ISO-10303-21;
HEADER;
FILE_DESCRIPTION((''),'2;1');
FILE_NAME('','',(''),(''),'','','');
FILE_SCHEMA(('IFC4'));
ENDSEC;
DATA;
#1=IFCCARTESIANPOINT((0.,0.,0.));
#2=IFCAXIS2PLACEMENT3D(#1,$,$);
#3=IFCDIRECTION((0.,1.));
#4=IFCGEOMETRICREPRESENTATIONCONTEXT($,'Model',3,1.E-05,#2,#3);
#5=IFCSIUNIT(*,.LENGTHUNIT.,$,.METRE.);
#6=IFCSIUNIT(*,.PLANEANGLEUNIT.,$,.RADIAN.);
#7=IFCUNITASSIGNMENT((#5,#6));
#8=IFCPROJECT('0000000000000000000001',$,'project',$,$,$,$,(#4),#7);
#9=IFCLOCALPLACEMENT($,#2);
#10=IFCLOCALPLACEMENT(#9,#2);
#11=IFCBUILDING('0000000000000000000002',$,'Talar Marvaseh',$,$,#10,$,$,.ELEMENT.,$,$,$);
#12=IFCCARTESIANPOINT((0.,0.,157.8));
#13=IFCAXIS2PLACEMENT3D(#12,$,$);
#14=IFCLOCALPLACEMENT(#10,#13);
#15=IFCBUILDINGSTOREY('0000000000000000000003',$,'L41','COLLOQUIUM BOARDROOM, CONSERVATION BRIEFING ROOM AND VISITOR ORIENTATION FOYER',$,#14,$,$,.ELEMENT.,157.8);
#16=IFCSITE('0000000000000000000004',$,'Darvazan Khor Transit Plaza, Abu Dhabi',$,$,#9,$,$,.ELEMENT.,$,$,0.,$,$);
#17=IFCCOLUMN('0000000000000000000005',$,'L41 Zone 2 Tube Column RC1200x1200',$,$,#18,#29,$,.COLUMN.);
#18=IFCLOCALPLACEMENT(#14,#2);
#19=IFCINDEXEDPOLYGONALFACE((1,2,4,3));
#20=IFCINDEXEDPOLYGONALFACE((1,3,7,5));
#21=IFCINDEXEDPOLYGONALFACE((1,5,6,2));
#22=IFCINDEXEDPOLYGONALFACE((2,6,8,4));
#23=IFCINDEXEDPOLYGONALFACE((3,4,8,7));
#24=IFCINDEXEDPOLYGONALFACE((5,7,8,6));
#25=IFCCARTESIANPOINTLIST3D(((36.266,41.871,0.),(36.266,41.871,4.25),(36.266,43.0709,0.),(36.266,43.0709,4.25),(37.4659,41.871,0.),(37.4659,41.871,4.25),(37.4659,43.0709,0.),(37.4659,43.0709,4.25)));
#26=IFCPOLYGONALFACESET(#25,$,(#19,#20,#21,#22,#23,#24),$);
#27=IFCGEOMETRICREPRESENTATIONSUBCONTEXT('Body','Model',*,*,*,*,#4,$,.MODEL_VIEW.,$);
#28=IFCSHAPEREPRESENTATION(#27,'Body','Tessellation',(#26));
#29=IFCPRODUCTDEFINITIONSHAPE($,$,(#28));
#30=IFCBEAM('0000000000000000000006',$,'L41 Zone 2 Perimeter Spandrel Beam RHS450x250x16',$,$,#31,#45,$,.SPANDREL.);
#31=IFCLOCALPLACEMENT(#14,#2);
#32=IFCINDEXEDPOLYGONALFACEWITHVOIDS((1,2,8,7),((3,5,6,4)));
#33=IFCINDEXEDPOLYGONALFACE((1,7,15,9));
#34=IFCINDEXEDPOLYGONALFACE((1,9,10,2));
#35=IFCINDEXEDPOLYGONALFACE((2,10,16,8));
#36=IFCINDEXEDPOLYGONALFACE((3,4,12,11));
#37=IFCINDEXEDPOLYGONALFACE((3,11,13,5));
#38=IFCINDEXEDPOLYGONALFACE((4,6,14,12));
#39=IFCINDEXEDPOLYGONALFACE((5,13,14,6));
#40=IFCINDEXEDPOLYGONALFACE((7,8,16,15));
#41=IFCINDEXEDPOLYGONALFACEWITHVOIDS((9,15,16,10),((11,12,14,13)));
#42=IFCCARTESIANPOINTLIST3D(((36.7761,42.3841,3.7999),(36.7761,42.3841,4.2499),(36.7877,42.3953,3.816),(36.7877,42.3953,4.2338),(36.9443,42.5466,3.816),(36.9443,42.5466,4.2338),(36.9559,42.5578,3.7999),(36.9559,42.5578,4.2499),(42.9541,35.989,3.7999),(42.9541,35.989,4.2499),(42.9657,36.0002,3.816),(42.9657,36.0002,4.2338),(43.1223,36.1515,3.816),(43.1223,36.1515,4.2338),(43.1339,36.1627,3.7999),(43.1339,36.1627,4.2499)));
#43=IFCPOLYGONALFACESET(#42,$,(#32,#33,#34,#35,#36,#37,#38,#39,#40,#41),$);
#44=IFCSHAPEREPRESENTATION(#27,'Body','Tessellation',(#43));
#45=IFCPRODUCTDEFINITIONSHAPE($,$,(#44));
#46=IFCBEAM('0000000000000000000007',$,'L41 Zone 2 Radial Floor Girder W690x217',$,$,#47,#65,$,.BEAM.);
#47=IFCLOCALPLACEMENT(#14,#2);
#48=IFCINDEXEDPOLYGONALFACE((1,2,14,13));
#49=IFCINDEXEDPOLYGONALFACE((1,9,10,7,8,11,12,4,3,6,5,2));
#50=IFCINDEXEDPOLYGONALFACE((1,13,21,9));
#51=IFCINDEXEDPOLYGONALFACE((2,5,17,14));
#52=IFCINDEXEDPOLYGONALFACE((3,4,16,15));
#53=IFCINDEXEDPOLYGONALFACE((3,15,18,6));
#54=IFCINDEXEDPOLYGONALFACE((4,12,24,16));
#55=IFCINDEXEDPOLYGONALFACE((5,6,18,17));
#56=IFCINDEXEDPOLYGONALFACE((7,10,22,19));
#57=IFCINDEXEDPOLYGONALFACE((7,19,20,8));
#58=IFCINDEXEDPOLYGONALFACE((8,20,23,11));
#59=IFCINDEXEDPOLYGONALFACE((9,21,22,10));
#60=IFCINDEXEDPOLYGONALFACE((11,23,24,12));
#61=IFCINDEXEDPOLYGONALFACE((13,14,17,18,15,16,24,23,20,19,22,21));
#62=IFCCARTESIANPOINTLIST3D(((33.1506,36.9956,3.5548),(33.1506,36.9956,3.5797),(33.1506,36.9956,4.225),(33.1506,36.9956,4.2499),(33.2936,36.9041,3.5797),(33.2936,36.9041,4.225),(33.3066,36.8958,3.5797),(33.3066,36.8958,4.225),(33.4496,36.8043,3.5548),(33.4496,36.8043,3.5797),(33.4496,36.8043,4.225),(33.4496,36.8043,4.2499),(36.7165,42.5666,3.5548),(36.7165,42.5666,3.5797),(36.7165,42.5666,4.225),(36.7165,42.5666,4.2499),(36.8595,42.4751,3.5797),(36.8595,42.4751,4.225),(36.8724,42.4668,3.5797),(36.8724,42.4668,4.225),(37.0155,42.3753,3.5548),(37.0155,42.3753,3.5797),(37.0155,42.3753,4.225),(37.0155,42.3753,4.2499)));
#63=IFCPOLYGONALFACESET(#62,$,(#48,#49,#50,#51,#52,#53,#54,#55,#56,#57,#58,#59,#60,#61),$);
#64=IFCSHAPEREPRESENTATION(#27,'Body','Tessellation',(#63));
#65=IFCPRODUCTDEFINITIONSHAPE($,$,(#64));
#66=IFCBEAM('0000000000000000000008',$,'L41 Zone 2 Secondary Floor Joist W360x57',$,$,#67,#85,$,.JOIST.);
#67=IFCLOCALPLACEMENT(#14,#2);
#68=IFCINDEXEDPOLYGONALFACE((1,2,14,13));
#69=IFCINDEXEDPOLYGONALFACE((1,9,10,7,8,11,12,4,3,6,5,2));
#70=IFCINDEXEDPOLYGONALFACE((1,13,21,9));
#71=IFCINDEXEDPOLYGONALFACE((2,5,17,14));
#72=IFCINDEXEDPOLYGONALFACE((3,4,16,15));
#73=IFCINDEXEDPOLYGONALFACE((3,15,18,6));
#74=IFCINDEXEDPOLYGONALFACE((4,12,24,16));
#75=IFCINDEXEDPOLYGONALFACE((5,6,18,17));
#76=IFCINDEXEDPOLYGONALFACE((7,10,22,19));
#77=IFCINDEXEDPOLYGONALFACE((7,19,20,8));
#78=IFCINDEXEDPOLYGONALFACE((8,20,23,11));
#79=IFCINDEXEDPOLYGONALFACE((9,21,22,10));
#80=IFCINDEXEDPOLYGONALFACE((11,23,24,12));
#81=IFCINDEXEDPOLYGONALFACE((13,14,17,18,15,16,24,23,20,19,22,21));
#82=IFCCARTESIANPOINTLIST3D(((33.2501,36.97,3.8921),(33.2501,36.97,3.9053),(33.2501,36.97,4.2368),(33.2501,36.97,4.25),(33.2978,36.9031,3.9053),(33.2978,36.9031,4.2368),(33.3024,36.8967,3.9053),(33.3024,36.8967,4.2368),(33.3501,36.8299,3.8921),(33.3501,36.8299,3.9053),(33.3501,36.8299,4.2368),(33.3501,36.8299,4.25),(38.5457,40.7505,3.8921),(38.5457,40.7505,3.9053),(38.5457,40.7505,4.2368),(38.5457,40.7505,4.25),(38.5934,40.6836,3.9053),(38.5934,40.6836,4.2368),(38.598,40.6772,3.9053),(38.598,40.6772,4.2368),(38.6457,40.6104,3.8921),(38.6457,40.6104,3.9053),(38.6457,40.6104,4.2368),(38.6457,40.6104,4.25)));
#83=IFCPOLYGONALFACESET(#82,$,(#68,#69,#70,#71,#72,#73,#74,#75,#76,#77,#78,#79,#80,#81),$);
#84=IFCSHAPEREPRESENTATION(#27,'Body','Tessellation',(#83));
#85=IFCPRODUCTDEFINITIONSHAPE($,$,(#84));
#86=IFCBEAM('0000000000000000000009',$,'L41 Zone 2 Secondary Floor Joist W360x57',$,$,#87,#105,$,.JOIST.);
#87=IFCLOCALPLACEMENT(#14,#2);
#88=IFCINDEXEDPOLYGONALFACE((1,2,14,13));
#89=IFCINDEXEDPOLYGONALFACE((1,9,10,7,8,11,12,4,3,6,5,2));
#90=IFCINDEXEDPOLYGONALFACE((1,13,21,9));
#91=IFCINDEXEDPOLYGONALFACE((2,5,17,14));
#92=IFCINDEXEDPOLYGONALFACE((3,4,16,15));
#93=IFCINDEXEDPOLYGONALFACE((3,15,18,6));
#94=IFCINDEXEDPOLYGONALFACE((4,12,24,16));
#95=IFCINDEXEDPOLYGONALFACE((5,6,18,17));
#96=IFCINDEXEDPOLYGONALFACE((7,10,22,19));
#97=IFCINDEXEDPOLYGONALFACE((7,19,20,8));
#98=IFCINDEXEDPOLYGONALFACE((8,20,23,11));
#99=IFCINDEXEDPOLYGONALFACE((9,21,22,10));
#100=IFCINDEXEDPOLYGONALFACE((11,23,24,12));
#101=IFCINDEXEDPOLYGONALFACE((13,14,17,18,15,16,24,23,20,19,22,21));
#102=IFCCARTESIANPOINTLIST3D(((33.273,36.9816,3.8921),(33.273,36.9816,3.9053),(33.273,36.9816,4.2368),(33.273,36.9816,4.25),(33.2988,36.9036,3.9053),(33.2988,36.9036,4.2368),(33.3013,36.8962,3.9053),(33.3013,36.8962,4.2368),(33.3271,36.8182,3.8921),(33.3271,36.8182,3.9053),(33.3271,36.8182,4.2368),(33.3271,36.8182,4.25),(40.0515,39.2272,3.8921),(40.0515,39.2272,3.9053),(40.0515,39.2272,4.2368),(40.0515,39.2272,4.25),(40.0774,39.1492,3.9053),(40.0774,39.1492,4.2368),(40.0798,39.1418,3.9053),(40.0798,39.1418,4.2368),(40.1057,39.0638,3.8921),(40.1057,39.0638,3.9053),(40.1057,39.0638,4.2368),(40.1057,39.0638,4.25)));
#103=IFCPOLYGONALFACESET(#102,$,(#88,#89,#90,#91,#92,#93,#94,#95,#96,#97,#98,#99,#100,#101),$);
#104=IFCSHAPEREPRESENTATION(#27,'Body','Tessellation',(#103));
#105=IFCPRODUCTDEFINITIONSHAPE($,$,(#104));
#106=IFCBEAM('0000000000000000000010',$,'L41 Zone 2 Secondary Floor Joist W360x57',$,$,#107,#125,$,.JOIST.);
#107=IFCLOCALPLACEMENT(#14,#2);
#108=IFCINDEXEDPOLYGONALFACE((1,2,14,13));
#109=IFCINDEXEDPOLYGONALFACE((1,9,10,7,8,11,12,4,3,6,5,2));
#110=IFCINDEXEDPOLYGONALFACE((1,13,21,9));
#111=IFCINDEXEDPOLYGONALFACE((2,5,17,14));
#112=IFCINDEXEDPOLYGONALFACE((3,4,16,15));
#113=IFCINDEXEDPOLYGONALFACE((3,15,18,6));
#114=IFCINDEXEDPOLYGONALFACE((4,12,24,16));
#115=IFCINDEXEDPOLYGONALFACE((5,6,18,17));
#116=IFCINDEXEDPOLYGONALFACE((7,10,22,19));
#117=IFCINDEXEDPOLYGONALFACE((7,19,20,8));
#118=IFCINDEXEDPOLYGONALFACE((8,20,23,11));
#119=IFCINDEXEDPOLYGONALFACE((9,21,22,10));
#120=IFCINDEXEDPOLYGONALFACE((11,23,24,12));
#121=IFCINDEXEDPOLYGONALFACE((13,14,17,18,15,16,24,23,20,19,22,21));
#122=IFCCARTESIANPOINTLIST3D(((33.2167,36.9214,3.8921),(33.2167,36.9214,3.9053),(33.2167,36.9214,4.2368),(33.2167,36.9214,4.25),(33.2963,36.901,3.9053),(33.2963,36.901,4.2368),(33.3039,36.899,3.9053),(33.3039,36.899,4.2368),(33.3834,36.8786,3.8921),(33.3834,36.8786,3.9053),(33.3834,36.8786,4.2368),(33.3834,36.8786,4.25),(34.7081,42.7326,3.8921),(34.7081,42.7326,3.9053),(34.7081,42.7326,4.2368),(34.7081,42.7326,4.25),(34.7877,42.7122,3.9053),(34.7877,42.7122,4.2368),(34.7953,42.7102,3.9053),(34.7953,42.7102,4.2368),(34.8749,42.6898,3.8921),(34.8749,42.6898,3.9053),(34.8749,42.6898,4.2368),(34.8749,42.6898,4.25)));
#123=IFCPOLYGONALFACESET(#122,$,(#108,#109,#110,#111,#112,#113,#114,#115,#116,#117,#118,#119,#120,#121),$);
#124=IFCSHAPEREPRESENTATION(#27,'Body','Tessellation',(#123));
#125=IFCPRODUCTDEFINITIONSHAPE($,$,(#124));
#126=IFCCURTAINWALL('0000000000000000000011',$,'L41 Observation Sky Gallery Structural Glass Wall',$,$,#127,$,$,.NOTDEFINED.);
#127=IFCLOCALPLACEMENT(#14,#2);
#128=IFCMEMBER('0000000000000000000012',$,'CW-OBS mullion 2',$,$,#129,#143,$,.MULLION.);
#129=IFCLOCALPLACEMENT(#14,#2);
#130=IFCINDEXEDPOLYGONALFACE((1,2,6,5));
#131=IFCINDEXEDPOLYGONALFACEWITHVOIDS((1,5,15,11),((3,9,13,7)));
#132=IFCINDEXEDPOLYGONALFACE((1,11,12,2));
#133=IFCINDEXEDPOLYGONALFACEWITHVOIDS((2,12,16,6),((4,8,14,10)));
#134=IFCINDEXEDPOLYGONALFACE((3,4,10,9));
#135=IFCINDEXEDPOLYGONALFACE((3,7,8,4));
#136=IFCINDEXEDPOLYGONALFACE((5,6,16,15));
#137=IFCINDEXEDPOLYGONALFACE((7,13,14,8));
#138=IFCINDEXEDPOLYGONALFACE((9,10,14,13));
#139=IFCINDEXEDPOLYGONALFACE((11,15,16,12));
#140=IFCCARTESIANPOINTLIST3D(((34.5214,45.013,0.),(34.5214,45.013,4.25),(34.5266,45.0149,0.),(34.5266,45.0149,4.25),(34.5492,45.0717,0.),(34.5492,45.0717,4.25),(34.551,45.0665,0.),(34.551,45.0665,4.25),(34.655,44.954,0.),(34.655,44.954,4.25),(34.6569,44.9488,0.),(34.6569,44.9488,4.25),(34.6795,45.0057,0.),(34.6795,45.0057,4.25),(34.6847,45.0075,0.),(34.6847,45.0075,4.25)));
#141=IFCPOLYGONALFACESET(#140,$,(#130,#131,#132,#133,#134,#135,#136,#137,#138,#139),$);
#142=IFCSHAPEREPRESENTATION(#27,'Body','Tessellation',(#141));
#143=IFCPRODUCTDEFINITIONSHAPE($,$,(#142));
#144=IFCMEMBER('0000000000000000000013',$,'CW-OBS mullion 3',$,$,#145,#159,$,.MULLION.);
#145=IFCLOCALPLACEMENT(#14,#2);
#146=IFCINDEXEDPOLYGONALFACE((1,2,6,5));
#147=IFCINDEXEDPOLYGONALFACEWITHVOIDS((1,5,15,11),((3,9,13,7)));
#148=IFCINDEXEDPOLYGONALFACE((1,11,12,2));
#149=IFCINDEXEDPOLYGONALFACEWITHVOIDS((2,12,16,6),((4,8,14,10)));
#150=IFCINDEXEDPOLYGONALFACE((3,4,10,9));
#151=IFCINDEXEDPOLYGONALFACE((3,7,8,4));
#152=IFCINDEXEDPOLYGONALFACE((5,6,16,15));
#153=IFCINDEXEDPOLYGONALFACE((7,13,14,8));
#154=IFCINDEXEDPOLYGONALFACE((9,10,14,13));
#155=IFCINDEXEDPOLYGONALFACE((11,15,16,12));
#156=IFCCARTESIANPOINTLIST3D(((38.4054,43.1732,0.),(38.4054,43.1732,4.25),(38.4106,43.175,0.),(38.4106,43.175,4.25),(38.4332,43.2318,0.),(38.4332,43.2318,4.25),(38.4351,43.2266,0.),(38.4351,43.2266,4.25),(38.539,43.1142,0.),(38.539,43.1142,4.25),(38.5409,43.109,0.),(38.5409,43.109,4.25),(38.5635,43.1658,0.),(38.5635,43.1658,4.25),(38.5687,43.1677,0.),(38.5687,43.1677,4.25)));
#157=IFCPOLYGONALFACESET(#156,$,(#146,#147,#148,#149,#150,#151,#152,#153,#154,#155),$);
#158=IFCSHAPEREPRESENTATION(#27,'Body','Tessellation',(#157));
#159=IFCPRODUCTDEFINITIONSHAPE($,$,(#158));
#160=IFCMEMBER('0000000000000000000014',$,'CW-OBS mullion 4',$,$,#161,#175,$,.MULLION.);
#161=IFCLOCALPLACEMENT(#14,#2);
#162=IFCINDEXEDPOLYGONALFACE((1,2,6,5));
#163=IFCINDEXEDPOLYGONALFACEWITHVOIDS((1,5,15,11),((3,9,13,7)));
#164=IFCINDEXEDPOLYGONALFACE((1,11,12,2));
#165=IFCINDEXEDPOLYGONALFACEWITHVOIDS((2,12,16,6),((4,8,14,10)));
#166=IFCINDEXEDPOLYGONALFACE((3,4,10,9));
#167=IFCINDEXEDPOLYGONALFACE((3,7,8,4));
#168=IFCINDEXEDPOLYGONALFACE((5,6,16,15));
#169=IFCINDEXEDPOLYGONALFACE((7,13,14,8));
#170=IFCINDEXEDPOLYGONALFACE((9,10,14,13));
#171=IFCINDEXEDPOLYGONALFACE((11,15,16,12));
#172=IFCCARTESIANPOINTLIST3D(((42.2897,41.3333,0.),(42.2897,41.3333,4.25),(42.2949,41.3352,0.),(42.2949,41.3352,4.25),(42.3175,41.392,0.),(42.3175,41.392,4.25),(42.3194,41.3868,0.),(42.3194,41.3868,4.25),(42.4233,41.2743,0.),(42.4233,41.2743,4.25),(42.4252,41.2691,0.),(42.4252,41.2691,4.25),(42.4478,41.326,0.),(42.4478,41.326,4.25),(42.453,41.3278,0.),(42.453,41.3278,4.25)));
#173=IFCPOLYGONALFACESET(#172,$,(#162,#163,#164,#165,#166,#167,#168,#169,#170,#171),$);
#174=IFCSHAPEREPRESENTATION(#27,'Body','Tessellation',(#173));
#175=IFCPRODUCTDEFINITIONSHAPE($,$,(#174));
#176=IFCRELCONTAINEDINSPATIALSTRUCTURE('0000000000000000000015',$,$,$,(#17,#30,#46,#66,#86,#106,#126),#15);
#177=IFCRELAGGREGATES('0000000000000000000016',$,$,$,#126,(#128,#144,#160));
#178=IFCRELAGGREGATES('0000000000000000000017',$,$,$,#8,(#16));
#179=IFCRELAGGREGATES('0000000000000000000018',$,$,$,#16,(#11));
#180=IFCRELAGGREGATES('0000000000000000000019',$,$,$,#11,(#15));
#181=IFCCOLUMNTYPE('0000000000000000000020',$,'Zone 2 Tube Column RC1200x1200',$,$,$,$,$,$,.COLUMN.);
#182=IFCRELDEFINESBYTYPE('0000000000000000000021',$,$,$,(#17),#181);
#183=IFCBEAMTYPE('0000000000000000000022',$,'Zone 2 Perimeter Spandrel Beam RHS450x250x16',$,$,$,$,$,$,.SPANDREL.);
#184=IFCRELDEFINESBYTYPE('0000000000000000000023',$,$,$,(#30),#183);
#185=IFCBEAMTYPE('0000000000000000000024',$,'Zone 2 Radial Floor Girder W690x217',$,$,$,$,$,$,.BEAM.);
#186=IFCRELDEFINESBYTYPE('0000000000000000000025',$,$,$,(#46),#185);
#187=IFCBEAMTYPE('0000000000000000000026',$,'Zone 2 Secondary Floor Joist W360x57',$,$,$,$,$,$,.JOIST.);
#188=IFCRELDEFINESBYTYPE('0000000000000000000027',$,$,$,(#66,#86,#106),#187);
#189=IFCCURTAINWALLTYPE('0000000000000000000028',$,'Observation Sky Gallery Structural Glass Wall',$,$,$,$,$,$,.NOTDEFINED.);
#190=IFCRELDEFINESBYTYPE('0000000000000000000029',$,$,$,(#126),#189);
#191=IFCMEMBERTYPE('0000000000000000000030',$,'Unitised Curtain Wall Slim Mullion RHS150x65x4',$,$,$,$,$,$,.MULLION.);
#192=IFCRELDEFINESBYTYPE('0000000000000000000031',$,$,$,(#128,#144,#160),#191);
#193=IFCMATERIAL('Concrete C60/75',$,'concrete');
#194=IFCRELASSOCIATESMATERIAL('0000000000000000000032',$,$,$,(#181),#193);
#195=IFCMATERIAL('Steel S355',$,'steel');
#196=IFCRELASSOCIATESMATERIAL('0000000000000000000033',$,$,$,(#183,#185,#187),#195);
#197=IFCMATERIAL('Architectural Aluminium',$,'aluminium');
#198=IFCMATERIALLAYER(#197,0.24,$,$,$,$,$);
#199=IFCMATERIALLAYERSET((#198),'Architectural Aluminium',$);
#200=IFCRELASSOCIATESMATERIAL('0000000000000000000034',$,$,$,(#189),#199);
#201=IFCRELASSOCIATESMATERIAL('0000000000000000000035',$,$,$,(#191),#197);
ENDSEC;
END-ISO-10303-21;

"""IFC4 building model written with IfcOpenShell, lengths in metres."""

from ifc_helpers import new_model, si_unit, direction, frame, origin, origin_2d, place, context, subcontext, project, spatial, rectangle, hollow_rectangle, i_section, extrude, source, transform, mapped, material, layer, layer_set, material_profile, profile_set, type_object, type_shapes, element, aggregate, save


model = new_model("IFC4")

# Units and contexts
model_context = context("Model", 3, precision=1e-05, world=origin(), true_north=direction((0.0, 1.0)))
body_context = subcontext(model_context, "Body", "Model", "MODEL_VIEW")
ifc_project = project(units=[si_unit("LENGTHUNIT", "METRE"), si_unit("PLANEANGLEUNIT", "RADIAN")], contexts=[model_context])

# Site, building, storey
site_placement = place(None, origin())
site = spatial("IfcSite", under=ifc_project, at=site_placement, Name="Darvazan Khor Transit Plaza, Abu Dhabi", CompositionType="ELEMENT", RefElevation=0.0)
building_placement = place(site_placement, origin())
building = spatial("IfcBuilding", under=site, at=building_placement, Name="Talar Marvaseh", CompositionType="ELEMENT")
storey_placement = place(building_placement, frame((0.0, 0.0, 157.8)))
storey = spatial("IfcBuildingStorey", under=building, at=storey_placement, Name="L41", Description="COLLOQUIUM BOARDROOM, CONSERVATION BRIEFING ROOM AND VISITOR ORIENTATION FOYER", CompositionType="ELEMENT", Elevation=157.8)

# Column
ifc_material_1 = material(Name="Concrete C60/75", Category="concrete")
ifc_material_profile_1 = material_profile(ifc_material_1, rectangle(XDim=1.2, YDim=1.2, at=origin_2d()), Name="RC1200x1200")
ifc_profile_set_1 = profile_set([ifc_material_profile_1], Name="Concrete C60/75")
column_type = type_object("IfcColumnType", Name="Zone 2 Tube Column RC1200x1200", PredefinedType="COLUMN", material=ifc_profile_set_1)
column_placement = place(storey_placement, frame((36.866, 42.4709, 0.0), z_axis=(0.0, 0.0, 1.0), x_axis=(1.0, 0.0, 0.0)))
element("IfcColumn", 1, at=column_placement, inside=storey, type_object=column_type, Name="L41 Zone 2 Tube Column RC1200x1200", PredefinedType="COLUMN", context=body_context, shape_type="SweptSolid", body=[
    extrude(rectangle(XDim=1.2, YDim=1.2, at=origin_2d()), origin(), (0.0, 0.0, 1.0), 4.25),
])

# Beams
ifc_material_2 = material(Name="Steel S355", Category="steel")
ifc_material_profile_2 = material_profile(ifc_material_2, hollow_rectangle(XDim=0.25, YDim=0.45, WallThickness=0.0161, at=origin_2d()), Name="RHS450x250x16")
ifc_profile_set_2 = profile_set([ifc_material_profile_2], Name="Steel S355")
beam_type_1 = type_object("IfcBeamType", Name="Zone 2 Perimeter Spandrel Beam RHS450x250x16", PredefinedType="SPANDREL", material=ifc_profile_set_2)
beam_1_placement = place(storey_placement, frame((36.866, 42.4709, 4.0249), z_axis=(0.694797, -0.719206, 0.0), x_axis=(0.719206, 0.694797, 0.0)))
element("IfcBeam", 2, at=beam_1_placement, inside=storey, type_object=beam_type_1, Name="L41 Zone 2 Perimeter Spandrel Beam RHS450x250x16", PredefinedType="SPANDREL", context=body_context, shape_type="SweptSolid", body=[
    extrude(hollow_rectangle(XDim=0.25, YDim=0.45, WallThickness=0.0161, at=origin_2d()), origin(), (0.0, 0.0, 1.0), 8.8918),
])
ifc_material_profile_3 = material_profile(ifc_material_2, i_section(OverallWidth=0.355, OverallDepth=0.6951, WebThickness=0.0154, FlangeThickness=0.0249, at=origin_2d()), Name="W690x217")
ifc_profile_set_3 = profile_set([ifc_material_profile_3], Name="Steel S355")
beam_type_2 = type_object("IfcBeamType", Name="Zone 2 Radial Floor Girder W690x217", PredefinedType="BEAM", material=ifc_profile_set_3)
beam_2_placement = place(storey_placement, frame((36.866, 42.4709, 3.9023), z_axis=(-0.539102, -0.842241, 0.0), x_axis=(0.842241, -0.539102, 0.0)))
element("IfcBeam", 3, at=beam_2_placement, inside=storey, type_object=beam_type_2, Name="L41 Zone 2 Radial Floor Girder W690x217", PredefinedType="BEAM", context=body_context, shape_type="SweptSolid", body=[
    extrude(i_section(OverallWidth=0.355, OverallDepth=0.6951, WebThickness=0.0154, FlangeThickness=0.0249, at=origin_2d()), origin(), (0.0, 0.0, 1.0), 6.6145),
])
ifc_material_profile_4 = material_profile(ifc_material_2, i_section(OverallWidth=0.1721, OverallDepth=0.3579, WebThickness=0.0078, FlangeThickness=0.0132, at=origin_2d()), Name="W360x57")
ifc_profile_set_4 = profile_set([ifc_material_profile_4], Name="Steel S355")
beam_type_3 = type_object("IfcBeamType", Name="Zone 2 Secondary Floor Joist W360x57", PredefinedType="JOIST", material=ifc_profile_set_4)
beam_3_placement = place(storey_placement, frame((38.5957, 40.6804, 4.071), z_axis=(-0.813886, -0.581025, 0.0), x_axis=(0.581025, -0.813886, 0.0)))
element("IfcBeam", 4, at=beam_3_placement, inside=storey, type_object=beam_type_3, Name="L41 Zone 2 Secondary Floor Joist W360x57", PredefinedType="JOIST", context=body_context, shape_type="SweptSolid", body=[
    extrude(i_section(OverallWidth=0.1721, OverallDepth=0.3579, WebThickness=0.0078, FlangeThickness=0.0132, at=origin_2d()), origin(), (0.0, 0.0, 1.0), 6.5066),
])
beam_4_placement = place(storey_placement, frame((40.0786, 39.1455, 4.071), z_axis=(-0.949266, -0.314473, 0.0), x_axis=(0.314473, -0.949266, 0.0)))
element("IfcBeam", 5, at=beam_4_placement, inside=storey, type_object=beam_type_3, Name="L41 Zone 2 Secondary Floor Joist W360x57", PredefinedType="JOIST", context=body_context, shape_type="SweptSolid", body=[
    extrude(i_section(OverallWidth=0.1721, OverallDepth=0.3579, WebThickness=0.0078, FlangeThickness=0.0132, at=origin_2d()), origin(), (0.0, 0.0, 1.0), 7.1409),
])
beam_5_placement = place(storey_placement, frame((34.7915, 42.7112, 4.071), z_axis=(-0.248592, -0.968608, 0.0), x_axis=(0.968608, -0.248592, 0.0)))
element("IfcBeam", 6, at=beam_5_placement, inside=storey, type_object=beam_type_3, Name="L41 Zone 2 Secondary Floor Joist W360x57", PredefinedType="JOIST", context=body_context, shape_type="SweptSolid", body=[
    extrude(i_section(OverallWidth=0.1721, OverallDepth=0.3579, WebThickness=0.0078, FlangeThickness=0.0132, at=origin_2d()), origin(), (0.0, 0.0, 1.0), 5.9995),
])

# Curtain wall, members
ifc_material_3 = material(Name="Architectural Aluminium", Category="aluminium")
ifc_layer_1 = layer(ifc_material_3, 0.24)
ifc_layer_set_1 = layer_set([ifc_layer_1], Name="Architectural Aluminium")
curtain_wall_type = type_object("IfcCurtainWallType", Name="Observation Sky Gallery Structural Glass Wall", PredefinedType="NOTDEFINED", material=ifc_layer_set_1)
curtain_wall_placement = place(storey_placement, origin())
curtain_wall = element("IfcCurtainWall", 7, at=curtain_wall_placement, inside=storey, type_object=curtain_wall_type, Name="L41 Observation Sky Gallery Structural Glass Wall", PredefinedType="NOTDEFINED")
ifc_material_profile_5 = material_profile(ifc_material_3, hollow_rectangle(XDim=0.0649, YDim=0.1499, WallThickness=0.0039, at=origin_2d()), Name="RHS150x65x4")
ifc_profile_set_5 = profile_set([ifc_material_profile_5], Name="Architectural Aluminium")
member_type_1 = type_object("IfcMemberType", Name="Unitised Curtain Wall Slim Mullion RHS150x65x4", PredefinedType="MULLION", material=ifc_profile_set_5)
shared_shape_1 = source(origin(), body_context, "Body", "SweptSolid", [
    extrude(hollow_rectangle(XDim=0.0649, YDim=0.1499, WallThickness=0.0039, at=origin_2d()), origin(), (0.0, 0.0, 1.0), 4.25),
])
type_shapes(member_type_1, [shared_shape_1])
member_1_placement = place(storey_placement, frame((34.603, 45.0103, 0.0), z_axis=(0.0, 0.0, 1.0), x_axis=(0.428089, 0.903737, 0.0)))
member_1 = element("IfcMember", 8, at=member_1_placement, type_object=member_type_1, Name="CW-OBS mullion 2", PredefinedType="MULLION", context=body_context, shape_type="MappedRepresentation", body=[
    mapped(shared_shape_1, transform((0.0, 0.0, 0.0), x_axis=(1.0, 0.0, 0.0), y_axis=(0.0, 1.0, 0.0), z_axis=(0.0, 0.0, 1.0), scale=1.0)),
])
member_2_placement = place(storey_placement, frame((38.4871, 43.1704, 0.0), z_axis=(0.0, 0.0, 1.0), x_axis=(0.428089, 0.903737, 0.0)))
member_2 = element("IfcMember", 9, at=member_2_placement, type_object=member_type_1, Name="CW-OBS mullion 3", PredefinedType="MULLION", context=body_context, shape_type="MappedRepresentation", body=[
    mapped(shared_shape_1, transform((0.0, 0.0, 0.0), x_axis=(1.0, 0.0, 0.0), y_axis=(0.0, 1.0, 0.0), z_axis=(0.0, 0.0, 1.0), scale=1.0)),
])
member_3_placement = place(storey_placement, frame((42.3713, 41.3306, 0.0), z_axis=(0.0, 0.0, 1.0), x_axis=(0.428089, 0.903737, 0.0)))
member_3 = element("IfcMember", 10, at=member_3_placement, type_object=member_type_1, Name="CW-OBS mullion 4", PredefinedType="MULLION", context=body_context, shape_type="MappedRepresentation", body=[
    mapped(shared_shape_1, transform((0.0, 0.0, 0.0), x_axis=(1.0, 0.0, 0.0), y_axis=(0.0, 1.0, 0.0), z_axis=(0.0, 0.0, 1.0), scale=1.0)),
])
aggregate(curtain_wall, [member_1, member_2, member_3])

save(model, "model.ifc")
